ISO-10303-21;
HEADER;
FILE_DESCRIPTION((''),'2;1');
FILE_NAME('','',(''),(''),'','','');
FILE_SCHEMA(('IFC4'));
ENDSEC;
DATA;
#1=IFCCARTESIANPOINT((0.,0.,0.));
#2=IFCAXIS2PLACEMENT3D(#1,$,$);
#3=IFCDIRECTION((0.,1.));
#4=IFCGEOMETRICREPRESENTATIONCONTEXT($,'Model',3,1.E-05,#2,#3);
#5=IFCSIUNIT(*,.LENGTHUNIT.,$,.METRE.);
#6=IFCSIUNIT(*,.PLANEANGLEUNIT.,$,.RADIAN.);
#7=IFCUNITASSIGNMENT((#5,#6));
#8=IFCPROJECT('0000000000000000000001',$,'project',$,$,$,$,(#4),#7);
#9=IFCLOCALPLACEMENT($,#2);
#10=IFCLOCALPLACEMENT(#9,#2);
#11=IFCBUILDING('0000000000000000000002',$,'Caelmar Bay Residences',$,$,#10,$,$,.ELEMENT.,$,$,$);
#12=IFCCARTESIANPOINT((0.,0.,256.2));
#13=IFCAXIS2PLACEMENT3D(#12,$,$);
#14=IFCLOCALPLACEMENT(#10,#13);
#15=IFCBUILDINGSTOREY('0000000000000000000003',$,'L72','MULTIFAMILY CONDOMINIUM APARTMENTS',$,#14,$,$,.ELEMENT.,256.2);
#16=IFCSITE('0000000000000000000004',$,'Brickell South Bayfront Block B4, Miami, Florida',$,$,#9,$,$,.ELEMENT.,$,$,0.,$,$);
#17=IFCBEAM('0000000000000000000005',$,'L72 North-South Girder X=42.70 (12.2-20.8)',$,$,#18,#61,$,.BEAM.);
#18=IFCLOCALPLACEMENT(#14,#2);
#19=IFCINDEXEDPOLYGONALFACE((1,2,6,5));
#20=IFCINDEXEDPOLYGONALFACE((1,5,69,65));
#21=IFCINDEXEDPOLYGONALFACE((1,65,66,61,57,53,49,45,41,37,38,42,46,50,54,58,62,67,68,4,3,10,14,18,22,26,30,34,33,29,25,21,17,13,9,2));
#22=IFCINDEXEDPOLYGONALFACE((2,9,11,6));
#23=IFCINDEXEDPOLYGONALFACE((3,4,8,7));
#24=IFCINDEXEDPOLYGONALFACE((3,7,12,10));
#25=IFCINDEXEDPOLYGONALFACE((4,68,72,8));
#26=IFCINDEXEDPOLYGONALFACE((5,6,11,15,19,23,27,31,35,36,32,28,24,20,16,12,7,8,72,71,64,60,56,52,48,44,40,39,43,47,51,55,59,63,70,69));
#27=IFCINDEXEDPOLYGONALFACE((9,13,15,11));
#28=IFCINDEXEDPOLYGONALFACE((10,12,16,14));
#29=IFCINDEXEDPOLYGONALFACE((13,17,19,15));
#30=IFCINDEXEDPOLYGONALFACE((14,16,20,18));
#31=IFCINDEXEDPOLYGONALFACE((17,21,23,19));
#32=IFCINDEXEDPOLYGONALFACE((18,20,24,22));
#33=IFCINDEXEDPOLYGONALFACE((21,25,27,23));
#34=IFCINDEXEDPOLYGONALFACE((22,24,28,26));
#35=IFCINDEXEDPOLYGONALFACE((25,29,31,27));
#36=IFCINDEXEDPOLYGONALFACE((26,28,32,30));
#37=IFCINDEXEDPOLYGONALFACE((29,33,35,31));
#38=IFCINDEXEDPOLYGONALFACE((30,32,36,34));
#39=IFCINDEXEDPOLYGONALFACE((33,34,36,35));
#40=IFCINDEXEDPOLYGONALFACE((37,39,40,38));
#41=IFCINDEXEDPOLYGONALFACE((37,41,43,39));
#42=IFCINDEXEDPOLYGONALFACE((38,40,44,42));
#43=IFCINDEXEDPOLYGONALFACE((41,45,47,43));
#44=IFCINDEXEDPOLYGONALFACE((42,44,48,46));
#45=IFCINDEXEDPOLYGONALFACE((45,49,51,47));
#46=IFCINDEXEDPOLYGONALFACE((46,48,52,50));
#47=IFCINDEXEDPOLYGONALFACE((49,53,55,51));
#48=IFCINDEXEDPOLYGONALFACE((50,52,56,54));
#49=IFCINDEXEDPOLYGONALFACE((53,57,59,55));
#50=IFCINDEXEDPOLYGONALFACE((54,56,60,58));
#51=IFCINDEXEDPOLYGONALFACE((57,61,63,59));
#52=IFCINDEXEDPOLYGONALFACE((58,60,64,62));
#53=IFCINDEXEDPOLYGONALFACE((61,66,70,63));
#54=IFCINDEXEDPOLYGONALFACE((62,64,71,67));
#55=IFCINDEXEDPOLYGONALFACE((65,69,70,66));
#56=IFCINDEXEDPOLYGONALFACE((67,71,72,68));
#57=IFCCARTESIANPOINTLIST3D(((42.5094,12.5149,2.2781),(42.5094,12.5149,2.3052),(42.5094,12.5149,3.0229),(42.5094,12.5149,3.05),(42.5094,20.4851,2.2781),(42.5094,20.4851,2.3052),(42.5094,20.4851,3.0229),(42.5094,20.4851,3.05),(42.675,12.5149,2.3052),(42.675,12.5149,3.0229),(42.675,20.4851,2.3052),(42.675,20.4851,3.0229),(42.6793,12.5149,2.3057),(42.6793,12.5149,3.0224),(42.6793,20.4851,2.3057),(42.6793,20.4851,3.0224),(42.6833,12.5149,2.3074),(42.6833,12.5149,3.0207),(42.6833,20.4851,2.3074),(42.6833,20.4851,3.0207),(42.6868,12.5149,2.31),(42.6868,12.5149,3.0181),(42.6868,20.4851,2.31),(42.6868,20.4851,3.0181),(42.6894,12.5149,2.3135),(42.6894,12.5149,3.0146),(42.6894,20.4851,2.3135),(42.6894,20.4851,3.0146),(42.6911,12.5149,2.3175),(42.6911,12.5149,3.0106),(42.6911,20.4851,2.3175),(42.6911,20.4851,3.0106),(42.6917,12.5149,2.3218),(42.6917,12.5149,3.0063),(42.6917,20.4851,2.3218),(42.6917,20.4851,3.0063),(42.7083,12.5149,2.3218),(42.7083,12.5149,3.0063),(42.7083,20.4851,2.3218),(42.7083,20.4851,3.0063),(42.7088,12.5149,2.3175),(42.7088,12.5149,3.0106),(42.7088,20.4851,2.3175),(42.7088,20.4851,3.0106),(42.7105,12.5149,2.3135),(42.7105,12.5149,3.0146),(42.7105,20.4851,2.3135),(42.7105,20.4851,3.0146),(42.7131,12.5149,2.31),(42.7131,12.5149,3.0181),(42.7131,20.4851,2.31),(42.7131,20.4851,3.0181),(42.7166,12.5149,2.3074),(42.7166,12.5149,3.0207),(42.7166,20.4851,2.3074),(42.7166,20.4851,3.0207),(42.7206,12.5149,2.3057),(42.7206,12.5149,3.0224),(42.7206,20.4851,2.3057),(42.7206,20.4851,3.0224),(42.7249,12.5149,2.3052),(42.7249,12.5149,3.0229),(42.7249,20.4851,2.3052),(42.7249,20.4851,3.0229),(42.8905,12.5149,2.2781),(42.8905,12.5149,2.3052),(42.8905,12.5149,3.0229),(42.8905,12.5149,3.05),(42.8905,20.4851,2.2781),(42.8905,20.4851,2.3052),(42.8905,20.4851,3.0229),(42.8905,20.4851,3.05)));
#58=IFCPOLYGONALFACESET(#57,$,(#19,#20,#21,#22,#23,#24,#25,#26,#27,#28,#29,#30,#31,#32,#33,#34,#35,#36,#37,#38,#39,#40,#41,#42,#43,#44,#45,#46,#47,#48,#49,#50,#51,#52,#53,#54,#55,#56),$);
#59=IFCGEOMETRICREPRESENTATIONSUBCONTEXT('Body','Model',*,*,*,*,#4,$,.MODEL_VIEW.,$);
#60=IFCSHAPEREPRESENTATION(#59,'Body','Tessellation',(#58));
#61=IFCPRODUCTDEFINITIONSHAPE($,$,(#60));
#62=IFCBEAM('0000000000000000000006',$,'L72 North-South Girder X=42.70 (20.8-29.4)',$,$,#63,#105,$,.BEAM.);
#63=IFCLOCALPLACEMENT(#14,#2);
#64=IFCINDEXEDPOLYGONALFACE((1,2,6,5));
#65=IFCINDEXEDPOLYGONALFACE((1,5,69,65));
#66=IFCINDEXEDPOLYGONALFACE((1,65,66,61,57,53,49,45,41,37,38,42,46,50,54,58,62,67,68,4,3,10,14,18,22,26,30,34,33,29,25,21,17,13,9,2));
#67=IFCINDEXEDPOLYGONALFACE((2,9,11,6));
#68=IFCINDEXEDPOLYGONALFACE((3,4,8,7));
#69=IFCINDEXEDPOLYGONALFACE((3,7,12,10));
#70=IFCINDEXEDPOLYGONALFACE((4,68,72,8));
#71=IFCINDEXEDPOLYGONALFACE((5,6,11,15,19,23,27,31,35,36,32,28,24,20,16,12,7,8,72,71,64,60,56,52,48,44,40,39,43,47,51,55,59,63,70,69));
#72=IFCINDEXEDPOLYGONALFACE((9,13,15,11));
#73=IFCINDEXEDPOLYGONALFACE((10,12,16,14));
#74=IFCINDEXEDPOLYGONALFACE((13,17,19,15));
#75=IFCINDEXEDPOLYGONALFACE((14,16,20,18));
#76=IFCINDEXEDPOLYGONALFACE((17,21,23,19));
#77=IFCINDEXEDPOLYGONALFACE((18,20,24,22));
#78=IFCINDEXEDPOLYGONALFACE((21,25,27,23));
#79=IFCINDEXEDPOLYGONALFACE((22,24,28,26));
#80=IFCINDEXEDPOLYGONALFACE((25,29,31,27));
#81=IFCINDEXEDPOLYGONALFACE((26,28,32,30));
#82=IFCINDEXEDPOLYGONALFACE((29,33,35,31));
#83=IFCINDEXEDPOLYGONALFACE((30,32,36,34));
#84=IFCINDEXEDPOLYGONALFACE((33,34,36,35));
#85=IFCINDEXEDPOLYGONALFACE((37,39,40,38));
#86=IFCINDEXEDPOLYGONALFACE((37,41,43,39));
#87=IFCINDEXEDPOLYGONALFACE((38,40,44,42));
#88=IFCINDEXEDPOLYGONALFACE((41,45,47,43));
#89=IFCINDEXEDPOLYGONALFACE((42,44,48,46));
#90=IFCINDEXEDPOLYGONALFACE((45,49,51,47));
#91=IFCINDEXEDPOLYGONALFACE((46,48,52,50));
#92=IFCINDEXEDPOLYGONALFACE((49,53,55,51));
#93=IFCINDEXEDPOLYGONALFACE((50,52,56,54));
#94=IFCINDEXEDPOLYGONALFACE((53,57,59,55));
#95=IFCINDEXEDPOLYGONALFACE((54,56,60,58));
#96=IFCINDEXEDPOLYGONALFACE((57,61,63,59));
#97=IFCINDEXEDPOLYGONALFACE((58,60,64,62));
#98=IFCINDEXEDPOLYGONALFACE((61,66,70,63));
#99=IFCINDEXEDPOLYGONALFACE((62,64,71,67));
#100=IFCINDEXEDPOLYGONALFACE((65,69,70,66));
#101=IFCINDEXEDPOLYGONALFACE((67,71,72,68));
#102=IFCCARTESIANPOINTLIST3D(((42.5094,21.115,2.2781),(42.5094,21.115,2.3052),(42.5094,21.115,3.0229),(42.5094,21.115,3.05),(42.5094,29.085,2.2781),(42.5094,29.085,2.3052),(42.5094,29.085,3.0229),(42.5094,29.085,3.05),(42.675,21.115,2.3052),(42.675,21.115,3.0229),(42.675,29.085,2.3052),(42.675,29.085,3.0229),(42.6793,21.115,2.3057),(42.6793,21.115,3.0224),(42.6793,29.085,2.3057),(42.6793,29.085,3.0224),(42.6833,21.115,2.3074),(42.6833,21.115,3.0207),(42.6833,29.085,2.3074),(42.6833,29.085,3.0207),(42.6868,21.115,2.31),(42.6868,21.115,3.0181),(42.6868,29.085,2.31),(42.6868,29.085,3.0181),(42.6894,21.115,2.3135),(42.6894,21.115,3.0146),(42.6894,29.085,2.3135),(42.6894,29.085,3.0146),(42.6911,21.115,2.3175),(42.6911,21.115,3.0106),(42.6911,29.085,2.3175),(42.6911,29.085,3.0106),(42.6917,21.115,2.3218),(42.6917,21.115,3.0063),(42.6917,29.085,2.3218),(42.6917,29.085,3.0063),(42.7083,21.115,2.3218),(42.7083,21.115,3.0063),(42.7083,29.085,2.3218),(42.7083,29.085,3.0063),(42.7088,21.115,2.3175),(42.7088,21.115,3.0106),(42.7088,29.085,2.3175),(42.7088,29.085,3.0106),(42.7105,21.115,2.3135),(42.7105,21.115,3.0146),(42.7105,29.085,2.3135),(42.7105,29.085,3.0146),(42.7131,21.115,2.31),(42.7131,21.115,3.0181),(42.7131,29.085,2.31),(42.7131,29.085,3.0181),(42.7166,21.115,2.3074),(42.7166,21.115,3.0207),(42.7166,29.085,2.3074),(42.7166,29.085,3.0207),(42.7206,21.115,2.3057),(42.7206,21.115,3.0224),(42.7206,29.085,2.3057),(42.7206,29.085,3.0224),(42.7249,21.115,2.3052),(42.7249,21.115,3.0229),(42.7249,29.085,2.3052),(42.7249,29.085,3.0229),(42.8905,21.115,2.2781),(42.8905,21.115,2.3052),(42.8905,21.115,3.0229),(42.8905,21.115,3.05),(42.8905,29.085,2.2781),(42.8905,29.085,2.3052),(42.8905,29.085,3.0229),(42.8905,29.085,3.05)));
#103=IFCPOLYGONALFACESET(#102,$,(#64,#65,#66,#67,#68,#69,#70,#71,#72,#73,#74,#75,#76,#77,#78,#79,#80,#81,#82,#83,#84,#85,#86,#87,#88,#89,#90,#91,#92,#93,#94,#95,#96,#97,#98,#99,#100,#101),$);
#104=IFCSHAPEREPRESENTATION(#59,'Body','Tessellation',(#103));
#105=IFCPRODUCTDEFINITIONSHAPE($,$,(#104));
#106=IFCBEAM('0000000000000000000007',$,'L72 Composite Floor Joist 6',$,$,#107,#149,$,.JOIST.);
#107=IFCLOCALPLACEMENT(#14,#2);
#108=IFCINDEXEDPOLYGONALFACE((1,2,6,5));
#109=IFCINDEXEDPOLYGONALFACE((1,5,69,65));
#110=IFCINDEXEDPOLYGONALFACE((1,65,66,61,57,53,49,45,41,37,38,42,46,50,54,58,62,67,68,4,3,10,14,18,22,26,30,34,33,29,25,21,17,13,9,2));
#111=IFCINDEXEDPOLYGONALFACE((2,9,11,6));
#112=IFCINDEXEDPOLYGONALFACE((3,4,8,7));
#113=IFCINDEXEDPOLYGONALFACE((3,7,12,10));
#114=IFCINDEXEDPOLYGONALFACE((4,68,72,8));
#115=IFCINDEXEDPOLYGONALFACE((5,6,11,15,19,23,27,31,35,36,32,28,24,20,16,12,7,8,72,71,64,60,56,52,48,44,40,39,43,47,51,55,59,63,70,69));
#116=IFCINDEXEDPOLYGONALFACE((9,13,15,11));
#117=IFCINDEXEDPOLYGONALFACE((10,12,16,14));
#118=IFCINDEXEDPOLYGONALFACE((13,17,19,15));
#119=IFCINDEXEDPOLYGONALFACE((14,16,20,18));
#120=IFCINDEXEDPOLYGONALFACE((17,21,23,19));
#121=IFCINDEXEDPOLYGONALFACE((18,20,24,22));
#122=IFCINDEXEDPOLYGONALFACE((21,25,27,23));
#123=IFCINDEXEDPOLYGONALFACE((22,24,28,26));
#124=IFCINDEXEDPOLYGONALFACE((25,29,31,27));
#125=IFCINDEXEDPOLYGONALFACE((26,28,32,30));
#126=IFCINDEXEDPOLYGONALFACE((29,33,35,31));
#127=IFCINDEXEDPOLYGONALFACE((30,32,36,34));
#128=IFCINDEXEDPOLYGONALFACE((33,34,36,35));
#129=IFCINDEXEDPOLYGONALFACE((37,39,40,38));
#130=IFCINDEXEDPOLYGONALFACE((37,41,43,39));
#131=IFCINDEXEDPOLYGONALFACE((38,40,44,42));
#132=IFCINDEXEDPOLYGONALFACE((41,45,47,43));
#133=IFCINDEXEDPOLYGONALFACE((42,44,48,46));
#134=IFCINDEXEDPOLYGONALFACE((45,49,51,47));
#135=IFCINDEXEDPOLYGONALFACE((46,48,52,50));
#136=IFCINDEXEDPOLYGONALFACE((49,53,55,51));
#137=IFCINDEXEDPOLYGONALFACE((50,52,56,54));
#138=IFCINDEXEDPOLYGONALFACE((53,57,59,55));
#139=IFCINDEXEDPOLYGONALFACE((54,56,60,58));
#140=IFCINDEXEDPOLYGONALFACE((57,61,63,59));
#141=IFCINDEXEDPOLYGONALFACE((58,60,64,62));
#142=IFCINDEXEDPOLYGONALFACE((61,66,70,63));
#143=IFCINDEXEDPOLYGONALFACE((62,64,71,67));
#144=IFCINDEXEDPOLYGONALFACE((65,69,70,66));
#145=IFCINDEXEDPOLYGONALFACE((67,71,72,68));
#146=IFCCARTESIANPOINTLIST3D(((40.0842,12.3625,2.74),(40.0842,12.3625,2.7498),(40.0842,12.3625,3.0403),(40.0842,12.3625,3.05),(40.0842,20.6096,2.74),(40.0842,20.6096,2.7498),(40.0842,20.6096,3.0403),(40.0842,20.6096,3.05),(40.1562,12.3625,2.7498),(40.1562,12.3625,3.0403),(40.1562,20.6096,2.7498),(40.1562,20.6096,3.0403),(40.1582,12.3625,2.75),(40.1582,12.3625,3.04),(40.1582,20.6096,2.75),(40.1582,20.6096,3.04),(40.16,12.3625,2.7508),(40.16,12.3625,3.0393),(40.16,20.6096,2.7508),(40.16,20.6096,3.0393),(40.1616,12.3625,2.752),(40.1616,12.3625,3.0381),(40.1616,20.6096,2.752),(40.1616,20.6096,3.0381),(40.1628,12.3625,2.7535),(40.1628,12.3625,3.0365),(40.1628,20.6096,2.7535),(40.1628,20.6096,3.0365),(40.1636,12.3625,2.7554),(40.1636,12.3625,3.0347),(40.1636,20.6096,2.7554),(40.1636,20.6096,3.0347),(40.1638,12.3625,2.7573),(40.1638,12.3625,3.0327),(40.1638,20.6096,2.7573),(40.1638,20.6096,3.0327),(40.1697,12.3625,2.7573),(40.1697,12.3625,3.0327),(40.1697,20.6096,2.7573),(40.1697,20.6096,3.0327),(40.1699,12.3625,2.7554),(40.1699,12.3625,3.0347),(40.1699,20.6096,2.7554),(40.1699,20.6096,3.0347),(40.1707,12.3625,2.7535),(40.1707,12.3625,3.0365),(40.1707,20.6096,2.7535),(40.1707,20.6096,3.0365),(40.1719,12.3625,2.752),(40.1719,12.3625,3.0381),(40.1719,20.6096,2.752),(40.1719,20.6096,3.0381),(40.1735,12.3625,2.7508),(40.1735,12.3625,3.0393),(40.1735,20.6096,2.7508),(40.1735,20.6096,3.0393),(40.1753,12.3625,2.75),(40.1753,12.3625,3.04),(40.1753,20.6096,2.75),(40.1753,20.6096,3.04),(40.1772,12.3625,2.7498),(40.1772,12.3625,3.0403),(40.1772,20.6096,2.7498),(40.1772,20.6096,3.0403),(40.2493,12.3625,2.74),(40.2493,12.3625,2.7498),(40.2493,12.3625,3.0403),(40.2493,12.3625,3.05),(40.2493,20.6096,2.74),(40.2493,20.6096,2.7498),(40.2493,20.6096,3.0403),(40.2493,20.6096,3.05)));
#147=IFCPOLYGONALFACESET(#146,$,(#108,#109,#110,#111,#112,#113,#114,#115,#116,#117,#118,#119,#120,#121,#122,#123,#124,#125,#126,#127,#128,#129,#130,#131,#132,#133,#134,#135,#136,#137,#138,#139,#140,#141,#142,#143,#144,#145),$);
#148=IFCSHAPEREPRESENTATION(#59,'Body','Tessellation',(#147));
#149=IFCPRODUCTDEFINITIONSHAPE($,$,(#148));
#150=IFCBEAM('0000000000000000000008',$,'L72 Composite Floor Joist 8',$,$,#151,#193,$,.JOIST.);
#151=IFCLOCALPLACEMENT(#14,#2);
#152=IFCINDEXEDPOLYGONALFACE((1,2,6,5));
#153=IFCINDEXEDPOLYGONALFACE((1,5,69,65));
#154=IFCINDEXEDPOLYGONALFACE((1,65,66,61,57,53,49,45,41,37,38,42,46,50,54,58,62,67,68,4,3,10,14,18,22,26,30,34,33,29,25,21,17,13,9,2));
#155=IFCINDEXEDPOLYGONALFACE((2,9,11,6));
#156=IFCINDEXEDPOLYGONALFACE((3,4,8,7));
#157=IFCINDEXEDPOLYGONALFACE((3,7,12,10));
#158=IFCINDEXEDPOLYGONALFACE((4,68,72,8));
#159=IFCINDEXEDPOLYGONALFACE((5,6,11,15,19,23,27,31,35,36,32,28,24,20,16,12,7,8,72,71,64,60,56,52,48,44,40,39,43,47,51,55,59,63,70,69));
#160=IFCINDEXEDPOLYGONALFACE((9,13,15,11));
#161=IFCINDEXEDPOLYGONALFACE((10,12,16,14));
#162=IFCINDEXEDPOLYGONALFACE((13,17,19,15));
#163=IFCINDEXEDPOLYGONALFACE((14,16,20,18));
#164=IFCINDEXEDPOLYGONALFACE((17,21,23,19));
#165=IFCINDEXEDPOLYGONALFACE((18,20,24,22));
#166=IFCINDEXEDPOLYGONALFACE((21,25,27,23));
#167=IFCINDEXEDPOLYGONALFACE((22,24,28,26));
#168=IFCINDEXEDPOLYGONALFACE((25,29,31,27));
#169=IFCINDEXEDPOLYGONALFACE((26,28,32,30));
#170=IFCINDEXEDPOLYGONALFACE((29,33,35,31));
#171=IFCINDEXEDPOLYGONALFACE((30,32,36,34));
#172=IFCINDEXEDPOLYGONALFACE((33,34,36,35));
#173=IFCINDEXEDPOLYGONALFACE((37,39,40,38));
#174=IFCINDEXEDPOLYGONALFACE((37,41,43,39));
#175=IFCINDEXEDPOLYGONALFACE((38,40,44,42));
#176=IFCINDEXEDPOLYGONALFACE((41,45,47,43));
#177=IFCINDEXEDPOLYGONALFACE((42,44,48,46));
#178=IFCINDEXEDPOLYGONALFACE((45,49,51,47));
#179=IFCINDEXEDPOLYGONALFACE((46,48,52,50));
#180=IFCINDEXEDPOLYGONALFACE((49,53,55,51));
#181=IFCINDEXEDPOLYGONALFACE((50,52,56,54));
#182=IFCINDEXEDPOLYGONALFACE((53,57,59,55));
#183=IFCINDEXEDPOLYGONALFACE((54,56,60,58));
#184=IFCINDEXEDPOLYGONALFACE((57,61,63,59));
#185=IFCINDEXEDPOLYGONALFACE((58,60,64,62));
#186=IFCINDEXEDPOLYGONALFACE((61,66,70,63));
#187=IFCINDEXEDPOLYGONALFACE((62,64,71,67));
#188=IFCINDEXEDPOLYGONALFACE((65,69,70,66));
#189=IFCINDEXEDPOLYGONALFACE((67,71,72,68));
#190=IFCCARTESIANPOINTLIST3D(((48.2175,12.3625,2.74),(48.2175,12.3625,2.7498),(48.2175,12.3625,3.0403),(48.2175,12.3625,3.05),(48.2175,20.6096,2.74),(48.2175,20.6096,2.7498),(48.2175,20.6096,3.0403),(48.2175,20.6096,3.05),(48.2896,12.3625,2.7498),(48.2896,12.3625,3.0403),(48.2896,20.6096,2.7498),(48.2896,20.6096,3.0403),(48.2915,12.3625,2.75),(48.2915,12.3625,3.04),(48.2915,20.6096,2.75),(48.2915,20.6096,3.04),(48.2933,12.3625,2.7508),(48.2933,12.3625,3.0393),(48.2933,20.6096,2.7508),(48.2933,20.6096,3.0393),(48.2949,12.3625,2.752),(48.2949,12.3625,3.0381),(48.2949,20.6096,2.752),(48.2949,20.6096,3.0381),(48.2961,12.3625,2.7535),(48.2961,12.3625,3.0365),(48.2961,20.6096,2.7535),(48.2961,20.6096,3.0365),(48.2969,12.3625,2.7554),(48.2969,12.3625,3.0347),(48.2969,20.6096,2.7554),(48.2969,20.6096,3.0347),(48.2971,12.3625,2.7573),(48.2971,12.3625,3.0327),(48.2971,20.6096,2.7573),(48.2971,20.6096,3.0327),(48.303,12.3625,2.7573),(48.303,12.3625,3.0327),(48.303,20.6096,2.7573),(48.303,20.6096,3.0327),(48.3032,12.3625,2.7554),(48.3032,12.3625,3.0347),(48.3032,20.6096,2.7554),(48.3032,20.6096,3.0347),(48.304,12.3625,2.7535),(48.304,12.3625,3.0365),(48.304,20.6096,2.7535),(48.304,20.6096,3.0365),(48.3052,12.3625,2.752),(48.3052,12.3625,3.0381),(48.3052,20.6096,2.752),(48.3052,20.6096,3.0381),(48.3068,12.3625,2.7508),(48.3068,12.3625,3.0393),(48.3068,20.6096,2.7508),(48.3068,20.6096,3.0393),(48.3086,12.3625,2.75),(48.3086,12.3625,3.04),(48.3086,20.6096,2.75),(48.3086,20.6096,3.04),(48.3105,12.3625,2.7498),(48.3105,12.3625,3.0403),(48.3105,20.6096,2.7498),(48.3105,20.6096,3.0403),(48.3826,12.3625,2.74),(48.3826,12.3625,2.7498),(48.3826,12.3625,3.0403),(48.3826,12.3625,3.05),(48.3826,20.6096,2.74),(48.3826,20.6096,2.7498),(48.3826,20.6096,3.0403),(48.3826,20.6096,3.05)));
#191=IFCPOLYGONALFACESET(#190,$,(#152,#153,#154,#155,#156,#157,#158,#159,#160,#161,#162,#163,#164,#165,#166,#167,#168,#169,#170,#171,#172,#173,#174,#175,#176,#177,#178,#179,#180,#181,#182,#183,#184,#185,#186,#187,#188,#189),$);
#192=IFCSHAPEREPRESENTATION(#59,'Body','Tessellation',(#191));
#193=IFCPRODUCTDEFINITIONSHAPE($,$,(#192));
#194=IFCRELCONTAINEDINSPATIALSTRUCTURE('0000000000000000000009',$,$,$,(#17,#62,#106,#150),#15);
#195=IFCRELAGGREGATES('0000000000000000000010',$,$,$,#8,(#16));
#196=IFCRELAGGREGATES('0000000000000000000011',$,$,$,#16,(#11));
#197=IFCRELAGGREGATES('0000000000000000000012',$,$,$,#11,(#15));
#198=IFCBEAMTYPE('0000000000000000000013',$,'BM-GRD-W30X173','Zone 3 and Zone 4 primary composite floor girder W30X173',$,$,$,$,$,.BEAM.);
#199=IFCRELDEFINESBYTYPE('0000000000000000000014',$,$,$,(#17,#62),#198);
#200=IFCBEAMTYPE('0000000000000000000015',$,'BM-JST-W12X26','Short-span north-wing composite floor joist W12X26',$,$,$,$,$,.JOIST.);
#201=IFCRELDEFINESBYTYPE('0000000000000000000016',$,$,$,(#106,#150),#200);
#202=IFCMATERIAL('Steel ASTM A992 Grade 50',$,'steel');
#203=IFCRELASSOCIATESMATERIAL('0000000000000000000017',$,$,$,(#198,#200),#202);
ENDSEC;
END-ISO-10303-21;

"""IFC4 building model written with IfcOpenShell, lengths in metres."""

from ifc_helpers import new_model, si_unit, direction, frame, origin, origin_2d, place, context, subcontext, project, spatial, i_section, extrude, material, material_profile, profile_set, type_object, element, save


model = new_model("IFC4")

# Units and contexts
model_context = context("Model", 3, precision=1e-05, world=origin(), true_north=direction((0.0, 1.0)))
body_context = subcontext(model_context, "Body", "Model", "MODEL_VIEW")
ifc_project = project(units=[si_unit("LENGTHUNIT", "METRE"), si_unit("PLANEANGLEUNIT", "RADIAN")], contexts=[model_context])

# Site, building, storey
site_placement = place(None, origin())
site = spatial("IfcSite", under=ifc_project, at=site_placement, Name="Brickell South Bayfront Block B4, Miami, Florida", CompositionType="ELEMENT", RefElevation=0.0)
building_placement = place(site_placement, origin())
building = spatial("IfcBuilding", under=site, at=building_placement, Name="Caelmar Bay Residences", CompositionType="ELEMENT")
storey_placement = place(building_placement, frame((0.0, 0.0, 256.2)))
storey = spatial("IfcBuildingStorey", under=building, at=storey_placement, Name="L72", Description="MULTIFAMILY CONDOMINIUM APARTMENTS", CompositionType="ELEMENT", Elevation=256.2)

# Beams
ifc_material_1 = material(Name="Steel ASTM A992 Grade 50", Category="steel")
ifc_material_profile_1 = material_profile(ifc_material_1, i_section(OverallWidth=0.3811, OverallDepth=0.772, WebThickness=0.0166, FlangeThickness=0.0271, FilletRadius=0.0166, at=origin_2d()), Name="W30X173")
ifc_profile_set_1 = profile_set([ifc_material_profile_1], Name="Steel ASTM A992 Grade 50")
beam_type_1 = type_object("IfcBeamType", Name="BM-GRD-W30X173", Description="Zone 3 and Zone 4 primary composite floor girder W30X173", PredefinedType="BEAM", material=ifc_profile_set_1)
beam_1_placement = place(storey_placement, frame((42.7, 12.5149, 2.6641), z_axis=(0.0, 1.0, 0.0), x_axis=(-1.0, 0.0, 0.0)))
element("IfcBeam", 1, at=beam_1_placement, inside=storey, type_object=beam_type_1, Name="L72 North-South Girder X=42.70 (12.2-20.8)", PredefinedType="BEAM", context=body_context, shape_type="SweptSolid", body=[
    extrude(i_section(OverallWidth=0.3811, OverallDepth=0.772, WebThickness=0.0166, FlangeThickness=0.0271, FilletRadius=0.0166, at=origin_2d()), origin(), (0.0, 0.0, 1.0), 7.9702),
])
beam_2_placement = place(storey_placement, frame((42.7, 21.115, 2.6641), z_axis=(0.0, 1.0, 0.0), x_axis=(-1.0, 0.0, 0.0)))
element("IfcBeam", 2, at=beam_2_placement, inside=storey, type_object=beam_type_1, Name="L72 North-South Girder X=42.70 (20.8-29.4)", PredefinedType="BEAM", context=body_context, shape_type="SweptSolid", body=[
    extrude(i_section(OverallWidth=0.3811, OverallDepth=0.772, WebThickness=0.0166, FlangeThickness=0.0271, FilletRadius=0.0166, at=origin_2d()), origin(), (0.0, 0.0, 1.0), 7.97),
])
ifc_material_profile_2 = material_profile(ifc_material_1, i_section(OverallWidth=0.165, OverallDepth=0.3101, WebThickness=0.0059, FlangeThickness=0.0098, FilletRadius=0.0076, at=origin_2d()), Name="W12X26")
ifc_profile_set_2 = profile_set([ifc_material_profile_2], Name="Steel ASTM A992 Grade 50")
beam_type_2 = type_object("IfcBeamType", Name="BM-JST-W12X26", Description="Short-span north-wing composite floor joist W12X26", PredefinedType="JOIST", material=ifc_profile_set_2)
for number, where, z_axis, x_axis, name in (
    (3, (40.1667, 12.3625, 2.895), (0.0, 1.0, 0.0), (-1.0, 0.0, 0.0), "L72 Composite Floor Joist 6"),
    (4, (48.3, 12.3625, 2.895), (0.0, 1.0, 0.0), (-1.0, 0.0, 0.0), "L72 Composite Floor Joist 8"),
):
    element("IfcBeam", number, at=place(storey_placement, frame(where, z_axis=z_axis, x_axis=x_axis)), inside=storey, type_object=beam_type_2, Name=name, PredefinedType="JOIST", context=body_context, shape_type="SweptSolid", body=[
        extrude(i_section(OverallWidth=0.165, OverallDepth=0.3101, WebThickness=0.0059, FlangeThickness=0.0098, FilletRadius=0.0076, at=origin_2d()), origin(), (0.0, 0.0, 1.0), 8.2471),
    ])

save(model, "model.ifc")
